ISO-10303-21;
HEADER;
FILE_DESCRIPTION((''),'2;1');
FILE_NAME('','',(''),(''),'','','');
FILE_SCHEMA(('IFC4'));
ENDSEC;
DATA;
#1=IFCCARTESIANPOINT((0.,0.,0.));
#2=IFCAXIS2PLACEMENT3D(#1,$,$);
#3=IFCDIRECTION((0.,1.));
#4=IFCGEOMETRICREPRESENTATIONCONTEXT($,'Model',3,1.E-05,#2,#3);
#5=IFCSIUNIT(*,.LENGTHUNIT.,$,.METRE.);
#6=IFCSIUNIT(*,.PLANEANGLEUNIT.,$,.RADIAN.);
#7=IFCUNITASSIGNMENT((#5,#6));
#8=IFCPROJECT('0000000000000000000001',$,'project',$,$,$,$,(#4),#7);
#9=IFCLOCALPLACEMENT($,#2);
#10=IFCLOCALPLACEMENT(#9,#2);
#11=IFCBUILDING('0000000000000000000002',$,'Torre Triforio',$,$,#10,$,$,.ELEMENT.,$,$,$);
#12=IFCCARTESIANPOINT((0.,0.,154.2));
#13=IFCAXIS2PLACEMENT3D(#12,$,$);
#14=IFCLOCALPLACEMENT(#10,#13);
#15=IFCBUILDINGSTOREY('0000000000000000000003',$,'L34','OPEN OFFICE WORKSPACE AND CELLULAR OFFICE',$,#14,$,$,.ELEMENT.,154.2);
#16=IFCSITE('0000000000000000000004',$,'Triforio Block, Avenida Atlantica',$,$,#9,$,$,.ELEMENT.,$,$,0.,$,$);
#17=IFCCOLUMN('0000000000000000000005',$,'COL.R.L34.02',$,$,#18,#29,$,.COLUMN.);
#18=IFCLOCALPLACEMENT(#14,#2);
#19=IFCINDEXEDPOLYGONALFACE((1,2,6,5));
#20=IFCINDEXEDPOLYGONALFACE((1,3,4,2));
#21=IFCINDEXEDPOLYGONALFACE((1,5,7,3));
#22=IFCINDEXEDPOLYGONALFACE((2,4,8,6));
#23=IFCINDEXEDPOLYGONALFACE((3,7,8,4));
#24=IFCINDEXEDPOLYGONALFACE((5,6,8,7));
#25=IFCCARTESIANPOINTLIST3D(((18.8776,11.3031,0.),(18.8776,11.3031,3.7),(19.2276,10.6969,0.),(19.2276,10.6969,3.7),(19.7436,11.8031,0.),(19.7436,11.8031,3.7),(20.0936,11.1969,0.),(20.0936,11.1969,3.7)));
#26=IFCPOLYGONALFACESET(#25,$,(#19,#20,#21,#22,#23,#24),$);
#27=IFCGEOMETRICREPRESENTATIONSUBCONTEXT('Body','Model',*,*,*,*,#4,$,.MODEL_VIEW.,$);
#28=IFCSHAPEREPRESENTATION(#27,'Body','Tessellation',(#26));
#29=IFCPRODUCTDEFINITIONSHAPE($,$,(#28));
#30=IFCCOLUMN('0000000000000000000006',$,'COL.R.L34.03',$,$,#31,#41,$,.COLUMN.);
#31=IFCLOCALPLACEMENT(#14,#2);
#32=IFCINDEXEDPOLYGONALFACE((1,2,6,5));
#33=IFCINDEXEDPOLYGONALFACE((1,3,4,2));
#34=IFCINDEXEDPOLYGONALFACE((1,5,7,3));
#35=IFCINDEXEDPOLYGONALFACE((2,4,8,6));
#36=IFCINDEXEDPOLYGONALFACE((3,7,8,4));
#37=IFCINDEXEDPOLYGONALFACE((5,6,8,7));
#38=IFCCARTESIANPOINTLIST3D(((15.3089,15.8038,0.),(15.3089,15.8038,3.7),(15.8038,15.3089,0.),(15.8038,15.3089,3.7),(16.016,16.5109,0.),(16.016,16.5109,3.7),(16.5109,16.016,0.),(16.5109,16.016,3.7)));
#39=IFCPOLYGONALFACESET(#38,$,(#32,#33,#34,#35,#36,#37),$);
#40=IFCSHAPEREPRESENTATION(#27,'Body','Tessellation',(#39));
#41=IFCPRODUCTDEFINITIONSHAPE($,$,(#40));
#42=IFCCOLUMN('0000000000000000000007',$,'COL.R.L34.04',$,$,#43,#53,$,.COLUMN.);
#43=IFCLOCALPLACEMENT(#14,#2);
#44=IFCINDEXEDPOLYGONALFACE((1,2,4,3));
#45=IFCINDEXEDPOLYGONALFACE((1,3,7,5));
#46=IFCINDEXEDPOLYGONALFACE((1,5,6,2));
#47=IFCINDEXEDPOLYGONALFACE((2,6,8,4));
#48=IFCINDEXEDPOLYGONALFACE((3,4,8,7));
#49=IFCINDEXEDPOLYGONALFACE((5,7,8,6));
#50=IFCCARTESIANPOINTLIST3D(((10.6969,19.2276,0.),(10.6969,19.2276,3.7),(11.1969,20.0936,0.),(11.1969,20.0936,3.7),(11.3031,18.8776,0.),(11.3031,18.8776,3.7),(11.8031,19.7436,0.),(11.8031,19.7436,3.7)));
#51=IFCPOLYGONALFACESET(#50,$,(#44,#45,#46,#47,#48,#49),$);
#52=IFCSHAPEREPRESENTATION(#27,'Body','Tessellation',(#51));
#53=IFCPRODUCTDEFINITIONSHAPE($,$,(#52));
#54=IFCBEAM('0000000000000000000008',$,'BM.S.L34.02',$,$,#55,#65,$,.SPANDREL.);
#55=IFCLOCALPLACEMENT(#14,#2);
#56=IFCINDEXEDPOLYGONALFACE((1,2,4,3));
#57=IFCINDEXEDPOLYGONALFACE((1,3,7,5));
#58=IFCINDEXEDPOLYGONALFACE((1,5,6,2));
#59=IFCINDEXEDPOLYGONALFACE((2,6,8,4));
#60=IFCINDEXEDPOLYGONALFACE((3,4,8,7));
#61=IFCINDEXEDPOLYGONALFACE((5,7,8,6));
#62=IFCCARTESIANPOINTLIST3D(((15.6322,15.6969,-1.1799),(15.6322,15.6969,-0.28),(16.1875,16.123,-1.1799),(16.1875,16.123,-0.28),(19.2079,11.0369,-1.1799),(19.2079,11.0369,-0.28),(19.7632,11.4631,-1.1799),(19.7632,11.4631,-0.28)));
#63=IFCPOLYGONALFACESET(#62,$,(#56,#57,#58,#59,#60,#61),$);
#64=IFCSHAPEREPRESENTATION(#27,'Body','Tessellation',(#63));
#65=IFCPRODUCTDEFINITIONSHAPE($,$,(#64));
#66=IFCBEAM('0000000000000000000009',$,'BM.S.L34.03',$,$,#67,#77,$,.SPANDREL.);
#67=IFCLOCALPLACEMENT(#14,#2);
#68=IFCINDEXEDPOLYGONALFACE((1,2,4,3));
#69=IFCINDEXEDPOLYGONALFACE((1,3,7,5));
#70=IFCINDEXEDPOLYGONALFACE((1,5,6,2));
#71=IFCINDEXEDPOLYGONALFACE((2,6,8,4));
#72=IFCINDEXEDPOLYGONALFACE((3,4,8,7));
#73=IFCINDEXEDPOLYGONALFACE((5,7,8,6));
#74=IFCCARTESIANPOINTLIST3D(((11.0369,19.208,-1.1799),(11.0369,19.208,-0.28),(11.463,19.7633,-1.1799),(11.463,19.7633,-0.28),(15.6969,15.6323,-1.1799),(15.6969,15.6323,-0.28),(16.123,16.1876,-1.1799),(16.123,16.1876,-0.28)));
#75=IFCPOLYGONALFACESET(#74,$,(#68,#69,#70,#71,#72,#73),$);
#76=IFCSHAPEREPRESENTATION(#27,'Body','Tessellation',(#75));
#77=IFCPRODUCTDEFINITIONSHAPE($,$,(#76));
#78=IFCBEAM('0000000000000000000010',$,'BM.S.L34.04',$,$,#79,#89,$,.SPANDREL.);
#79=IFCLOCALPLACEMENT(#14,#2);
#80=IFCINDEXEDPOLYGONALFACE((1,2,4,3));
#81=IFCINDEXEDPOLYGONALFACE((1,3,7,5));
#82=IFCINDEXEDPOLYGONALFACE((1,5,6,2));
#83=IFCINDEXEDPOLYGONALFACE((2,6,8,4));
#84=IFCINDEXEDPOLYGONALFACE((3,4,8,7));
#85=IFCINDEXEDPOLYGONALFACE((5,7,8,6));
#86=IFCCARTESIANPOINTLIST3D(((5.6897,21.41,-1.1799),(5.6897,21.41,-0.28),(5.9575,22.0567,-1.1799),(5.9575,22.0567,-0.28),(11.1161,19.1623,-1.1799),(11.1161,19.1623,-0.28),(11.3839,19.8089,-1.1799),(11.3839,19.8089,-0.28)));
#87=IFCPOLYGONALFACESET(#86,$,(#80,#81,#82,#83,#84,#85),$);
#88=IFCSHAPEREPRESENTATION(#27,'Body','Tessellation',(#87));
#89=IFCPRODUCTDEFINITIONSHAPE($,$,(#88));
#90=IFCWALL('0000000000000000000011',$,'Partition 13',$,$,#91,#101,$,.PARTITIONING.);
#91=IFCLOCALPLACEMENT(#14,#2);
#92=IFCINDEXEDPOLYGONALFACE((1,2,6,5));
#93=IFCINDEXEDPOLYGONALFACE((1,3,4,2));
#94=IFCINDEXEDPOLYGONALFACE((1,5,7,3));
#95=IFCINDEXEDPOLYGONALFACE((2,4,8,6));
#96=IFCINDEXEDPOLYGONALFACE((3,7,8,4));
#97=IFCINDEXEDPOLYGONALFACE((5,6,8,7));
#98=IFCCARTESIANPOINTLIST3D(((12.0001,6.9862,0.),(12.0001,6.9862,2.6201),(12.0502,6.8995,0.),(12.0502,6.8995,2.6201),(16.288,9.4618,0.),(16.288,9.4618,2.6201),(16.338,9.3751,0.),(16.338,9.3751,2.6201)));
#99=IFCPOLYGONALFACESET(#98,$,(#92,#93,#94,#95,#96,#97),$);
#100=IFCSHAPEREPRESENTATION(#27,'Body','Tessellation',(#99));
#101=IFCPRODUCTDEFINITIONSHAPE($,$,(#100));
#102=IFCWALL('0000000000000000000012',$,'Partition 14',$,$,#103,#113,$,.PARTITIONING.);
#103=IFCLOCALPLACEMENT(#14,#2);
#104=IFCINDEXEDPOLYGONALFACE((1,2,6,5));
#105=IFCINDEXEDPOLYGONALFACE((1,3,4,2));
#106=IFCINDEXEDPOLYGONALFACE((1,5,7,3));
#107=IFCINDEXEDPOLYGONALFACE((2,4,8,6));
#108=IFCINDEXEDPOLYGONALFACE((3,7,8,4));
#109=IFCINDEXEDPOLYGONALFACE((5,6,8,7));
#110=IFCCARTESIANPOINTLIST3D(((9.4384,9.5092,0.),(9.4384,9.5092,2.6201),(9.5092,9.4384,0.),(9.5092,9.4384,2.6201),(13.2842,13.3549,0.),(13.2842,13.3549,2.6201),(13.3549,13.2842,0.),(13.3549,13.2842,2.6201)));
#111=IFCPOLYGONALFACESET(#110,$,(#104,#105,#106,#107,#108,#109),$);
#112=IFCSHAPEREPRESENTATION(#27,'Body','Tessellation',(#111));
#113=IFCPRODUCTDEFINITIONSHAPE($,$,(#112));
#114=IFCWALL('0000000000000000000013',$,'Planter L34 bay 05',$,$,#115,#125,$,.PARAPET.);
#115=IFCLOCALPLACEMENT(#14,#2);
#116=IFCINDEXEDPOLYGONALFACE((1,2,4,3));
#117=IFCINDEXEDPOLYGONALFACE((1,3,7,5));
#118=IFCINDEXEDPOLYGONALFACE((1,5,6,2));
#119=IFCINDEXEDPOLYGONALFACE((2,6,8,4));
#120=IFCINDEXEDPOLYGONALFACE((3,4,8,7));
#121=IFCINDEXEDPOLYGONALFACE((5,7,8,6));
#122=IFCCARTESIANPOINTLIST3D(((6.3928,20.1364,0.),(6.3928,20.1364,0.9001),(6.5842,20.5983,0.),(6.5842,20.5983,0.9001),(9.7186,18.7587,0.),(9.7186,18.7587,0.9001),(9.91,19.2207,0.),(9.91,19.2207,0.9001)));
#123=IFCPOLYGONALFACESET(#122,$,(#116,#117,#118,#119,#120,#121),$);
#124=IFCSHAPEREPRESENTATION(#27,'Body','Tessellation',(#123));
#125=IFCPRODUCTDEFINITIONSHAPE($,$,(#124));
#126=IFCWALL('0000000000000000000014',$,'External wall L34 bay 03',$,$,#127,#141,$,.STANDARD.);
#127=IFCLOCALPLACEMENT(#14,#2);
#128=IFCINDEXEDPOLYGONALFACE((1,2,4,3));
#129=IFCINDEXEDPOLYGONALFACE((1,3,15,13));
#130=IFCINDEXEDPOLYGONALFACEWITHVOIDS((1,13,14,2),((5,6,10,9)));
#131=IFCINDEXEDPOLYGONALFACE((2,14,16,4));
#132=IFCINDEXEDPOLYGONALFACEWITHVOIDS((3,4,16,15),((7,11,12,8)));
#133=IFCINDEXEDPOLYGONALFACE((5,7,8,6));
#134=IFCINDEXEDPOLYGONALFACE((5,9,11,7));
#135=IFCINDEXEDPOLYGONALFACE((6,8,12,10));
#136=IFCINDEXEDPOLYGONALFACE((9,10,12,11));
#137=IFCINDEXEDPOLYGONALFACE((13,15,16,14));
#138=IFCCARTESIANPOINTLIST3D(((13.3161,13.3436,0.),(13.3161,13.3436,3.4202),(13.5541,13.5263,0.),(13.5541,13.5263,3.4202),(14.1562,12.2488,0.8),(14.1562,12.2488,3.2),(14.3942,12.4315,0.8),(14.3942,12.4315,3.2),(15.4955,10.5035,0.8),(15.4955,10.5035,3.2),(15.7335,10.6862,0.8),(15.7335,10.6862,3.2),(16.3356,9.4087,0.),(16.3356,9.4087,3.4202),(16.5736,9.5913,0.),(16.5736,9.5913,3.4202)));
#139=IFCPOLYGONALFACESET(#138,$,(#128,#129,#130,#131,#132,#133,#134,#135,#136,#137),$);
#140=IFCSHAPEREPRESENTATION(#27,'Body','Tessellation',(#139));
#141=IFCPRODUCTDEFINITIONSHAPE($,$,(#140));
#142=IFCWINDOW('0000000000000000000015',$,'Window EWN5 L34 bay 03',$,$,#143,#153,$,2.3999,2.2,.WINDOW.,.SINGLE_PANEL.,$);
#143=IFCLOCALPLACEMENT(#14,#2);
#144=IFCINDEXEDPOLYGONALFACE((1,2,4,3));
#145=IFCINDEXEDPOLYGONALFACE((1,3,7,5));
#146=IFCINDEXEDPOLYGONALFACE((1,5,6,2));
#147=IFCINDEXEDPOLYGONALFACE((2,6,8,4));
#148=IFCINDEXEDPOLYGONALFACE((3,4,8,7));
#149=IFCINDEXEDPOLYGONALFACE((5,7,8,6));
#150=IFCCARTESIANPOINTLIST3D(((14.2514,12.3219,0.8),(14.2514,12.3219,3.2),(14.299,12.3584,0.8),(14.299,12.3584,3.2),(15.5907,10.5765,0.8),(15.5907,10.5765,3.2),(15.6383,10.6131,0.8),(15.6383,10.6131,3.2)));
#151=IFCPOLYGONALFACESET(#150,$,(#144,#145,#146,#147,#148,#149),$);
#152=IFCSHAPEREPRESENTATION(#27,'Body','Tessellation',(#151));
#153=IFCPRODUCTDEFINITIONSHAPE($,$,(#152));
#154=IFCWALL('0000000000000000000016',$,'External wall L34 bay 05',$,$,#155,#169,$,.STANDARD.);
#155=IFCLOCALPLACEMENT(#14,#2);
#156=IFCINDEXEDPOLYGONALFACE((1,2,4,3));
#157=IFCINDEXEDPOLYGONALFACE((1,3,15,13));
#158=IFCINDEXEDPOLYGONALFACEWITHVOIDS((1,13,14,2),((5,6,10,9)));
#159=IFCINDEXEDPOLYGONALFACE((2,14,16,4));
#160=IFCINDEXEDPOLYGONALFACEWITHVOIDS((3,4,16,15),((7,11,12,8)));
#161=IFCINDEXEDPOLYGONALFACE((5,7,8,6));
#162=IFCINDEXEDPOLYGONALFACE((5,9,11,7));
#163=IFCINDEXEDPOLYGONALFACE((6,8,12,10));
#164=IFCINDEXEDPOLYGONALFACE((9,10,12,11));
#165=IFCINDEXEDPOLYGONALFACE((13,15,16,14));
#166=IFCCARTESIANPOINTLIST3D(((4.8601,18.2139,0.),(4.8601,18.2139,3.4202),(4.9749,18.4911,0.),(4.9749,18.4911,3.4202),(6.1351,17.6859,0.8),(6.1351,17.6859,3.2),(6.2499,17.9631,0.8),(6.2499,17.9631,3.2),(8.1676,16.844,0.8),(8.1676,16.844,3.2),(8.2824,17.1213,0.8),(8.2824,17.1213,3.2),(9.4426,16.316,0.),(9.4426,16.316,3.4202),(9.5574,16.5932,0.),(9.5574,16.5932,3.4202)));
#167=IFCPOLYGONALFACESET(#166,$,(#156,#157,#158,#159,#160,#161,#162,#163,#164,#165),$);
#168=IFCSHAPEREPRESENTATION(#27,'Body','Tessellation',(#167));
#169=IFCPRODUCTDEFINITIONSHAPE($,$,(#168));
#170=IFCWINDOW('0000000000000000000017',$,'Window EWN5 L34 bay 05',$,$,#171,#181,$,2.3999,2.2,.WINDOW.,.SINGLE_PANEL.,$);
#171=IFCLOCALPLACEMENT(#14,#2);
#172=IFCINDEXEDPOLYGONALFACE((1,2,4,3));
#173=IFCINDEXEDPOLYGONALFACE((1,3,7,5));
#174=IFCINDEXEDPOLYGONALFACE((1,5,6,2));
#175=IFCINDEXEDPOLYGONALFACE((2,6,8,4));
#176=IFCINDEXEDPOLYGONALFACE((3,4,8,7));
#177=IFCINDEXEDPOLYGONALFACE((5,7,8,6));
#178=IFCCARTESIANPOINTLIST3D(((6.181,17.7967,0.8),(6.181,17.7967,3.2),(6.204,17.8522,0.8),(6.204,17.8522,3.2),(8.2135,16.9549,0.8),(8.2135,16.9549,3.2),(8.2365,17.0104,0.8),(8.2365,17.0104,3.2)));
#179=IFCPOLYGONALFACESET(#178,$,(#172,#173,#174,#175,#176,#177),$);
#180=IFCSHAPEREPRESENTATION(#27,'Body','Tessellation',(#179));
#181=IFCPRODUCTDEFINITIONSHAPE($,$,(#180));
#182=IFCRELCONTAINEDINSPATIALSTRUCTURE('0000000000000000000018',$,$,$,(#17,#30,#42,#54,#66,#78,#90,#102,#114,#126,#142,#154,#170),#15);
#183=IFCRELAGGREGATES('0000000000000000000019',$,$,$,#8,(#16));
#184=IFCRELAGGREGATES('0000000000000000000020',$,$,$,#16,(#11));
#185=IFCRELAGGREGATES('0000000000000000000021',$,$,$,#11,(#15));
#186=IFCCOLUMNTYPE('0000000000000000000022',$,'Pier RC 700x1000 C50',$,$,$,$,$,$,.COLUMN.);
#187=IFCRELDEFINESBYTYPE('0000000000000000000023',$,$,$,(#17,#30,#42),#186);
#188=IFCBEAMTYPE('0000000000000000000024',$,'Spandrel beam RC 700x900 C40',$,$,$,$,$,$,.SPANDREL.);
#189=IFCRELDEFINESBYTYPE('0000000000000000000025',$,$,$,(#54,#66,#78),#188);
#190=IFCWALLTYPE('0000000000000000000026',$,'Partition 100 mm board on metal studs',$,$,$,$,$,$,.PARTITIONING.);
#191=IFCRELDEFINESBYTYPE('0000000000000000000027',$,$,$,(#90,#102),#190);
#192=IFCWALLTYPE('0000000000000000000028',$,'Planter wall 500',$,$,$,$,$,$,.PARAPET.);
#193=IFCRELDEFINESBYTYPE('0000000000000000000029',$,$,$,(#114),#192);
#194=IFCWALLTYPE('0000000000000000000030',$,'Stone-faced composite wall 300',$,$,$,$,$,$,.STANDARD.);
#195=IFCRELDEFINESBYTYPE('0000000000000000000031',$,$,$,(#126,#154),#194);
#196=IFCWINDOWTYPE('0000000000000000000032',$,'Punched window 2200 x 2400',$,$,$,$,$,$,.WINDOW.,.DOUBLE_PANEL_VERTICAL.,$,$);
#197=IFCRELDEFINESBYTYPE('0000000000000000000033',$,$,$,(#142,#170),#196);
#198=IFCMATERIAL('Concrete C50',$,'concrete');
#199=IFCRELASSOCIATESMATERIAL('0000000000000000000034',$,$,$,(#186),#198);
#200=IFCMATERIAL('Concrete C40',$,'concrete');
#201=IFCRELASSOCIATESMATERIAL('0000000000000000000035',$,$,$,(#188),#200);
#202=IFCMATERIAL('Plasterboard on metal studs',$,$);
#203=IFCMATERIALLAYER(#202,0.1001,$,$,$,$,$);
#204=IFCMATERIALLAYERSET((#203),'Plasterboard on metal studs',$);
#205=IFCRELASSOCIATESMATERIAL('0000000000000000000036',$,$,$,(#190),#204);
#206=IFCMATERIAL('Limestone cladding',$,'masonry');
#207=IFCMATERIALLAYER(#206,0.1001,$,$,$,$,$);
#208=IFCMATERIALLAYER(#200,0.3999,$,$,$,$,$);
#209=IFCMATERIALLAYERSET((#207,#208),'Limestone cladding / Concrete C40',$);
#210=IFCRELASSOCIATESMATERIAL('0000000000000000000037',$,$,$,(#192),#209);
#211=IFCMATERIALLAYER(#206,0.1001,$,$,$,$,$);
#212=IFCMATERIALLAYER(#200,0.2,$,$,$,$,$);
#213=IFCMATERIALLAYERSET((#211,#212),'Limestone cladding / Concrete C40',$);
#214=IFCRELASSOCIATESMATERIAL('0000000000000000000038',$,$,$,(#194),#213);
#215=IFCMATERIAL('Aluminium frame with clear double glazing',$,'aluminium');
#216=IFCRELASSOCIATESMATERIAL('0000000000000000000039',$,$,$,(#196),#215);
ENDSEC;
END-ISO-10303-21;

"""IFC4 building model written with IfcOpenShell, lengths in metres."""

from ifc_helpers import new_model, si_unit, direction, frame, frame_2d, origin, origin_2d, place, context, subcontext, project, spatial, rectangle, extrude, material, layer, layer_set, material_profile, profile_set, type_object, element, fill, save


model = new_model("IFC4")

# Units and contexts
model_context = context("Model", 3, precision=1e-05, world=origin(), true_north=direction((0.0, 1.0)))
body_context = subcontext(model_context, "Body", "Model", "MODEL_VIEW")
ifc_project = project(units=[si_unit("LENGTHUNIT", "METRE"), si_unit("PLANEANGLEUNIT", "RADIAN")], contexts=[model_context])

# Site, building, storey
site_placement = place(None, origin())
site = spatial("IfcSite", under=ifc_project, at=site_placement, Name="Triforio Block, Avenida Atlantica", CompositionType="ELEMENT", RefElevation=0.0)
building_placement = place(site_placement, origin())
building = spatial("IfcBuilding", under=site, at=building_placement, Name="Torre Triforio", CompositionType="ELEMENT")
storey_placement = place(building_placement, frame((0.0, 0.0, 154.2)))
storey = spatial("IfcBuildingStorey", under=building, at=storey_placement, Name="L34", Description="OPEN OFFICE WORKSPACE AND CELLULAR OFFICE", CompositionType="ELEMENT", Elevation=154.2)

# Columns
ifc_material_1 = material(Name="Concrete C50", Category="concrete")
ifc_material_profile_1 = material_profile(ifc_material_1, rectangle(XDim=0.7, YDim=1.0, at=origin_2d()), Name="RC 700x1000")
ifc_profile_set_1 = profile_set([ifc_material_profile_1], Name="Concrete C50")
column_type = type_object("IfcColumnType", Name="Pier RC 700x1000 C50", PredefinedType="COLUMN", material=ifc_profile_set_1)
for number, where, z_axis, x_axis, name in (
    (1, (19.4856, 11.25, 0.0), (0.0, 0.0, 1.0), (-0.5, 0.866025, 0.0), "COL.R.L34.02"),
    (2, (15.9099, 15.9099, 0.0), (0.0, 0.0, 1.0), (-0.707107, 0.707107, 0.0), "COL.R.L34.03"),
    (3, (11.25, 19.4856, 0.0), (0.0, 0.0, 1.0), (-0.866025, 0.5, 0.0), "COL.R.L34.04"),
):
    element("IfcColumn", number, at=place(storey_placement, frame(where, z_axis=z_axis, x_axis=x_axis)), inside=storey, type_object=column_type, Name=name, PredefinedType="COLUMN", context=body_context, shape_type="SweptSolid", body=[
        extrude(rectangle(XDim=0.7, YDim=1.0, at=origin_2d()), origin(), (0.0, 0.0, 1.0), 3.7),
    ])

# Beams
ifc_material_2 = material(Name="Concrete C40", Category="concrete")
ifc_material_profile_2 = material_profile(ifc_material_2, rectangle(XDim=0.7, YDim=0.8999, at=origin_2d()), Name="RC 700x900")
ifc_profile_set_2 = profile_set([ifc_material_profile_2], Name="Concrete C40")
beam_type = type_object("IfcBeamType", Name="Spandrel beam RC 700x900 C40", PredefinedType="SPANDREL", material=ifc_profile_set_2)
for number, where, z_axis, x_axis, name in (
    (4, (19.4856, 11.25, -0.73), (-0.608762, 0.793353, 0.0), (-0.793353, -0.608762, 0.0), "BM.S.L34.02"),
    (5, (15.9099, 15.9099, -0.73), (-0.793353, 0.608762, 0.0), (-0.608762, -0.793353, 0.0), "BM.S.L34.03"),
):
    element("IfcBeam", number, at=place(storey_placement, frame(where, z_axis=z_axis, x_axis=x_axis)), inside=storey, type_object=beam_type, Name=name, PredefinedType="SPANDREL", context=body_context, shape_type="SweptSolid", body=[
        extrude(rectangle(XDim=0.7, YDim=0.8999, at=origin_2d()), origin(), (0.0, 0.0, 1.0), 5.8738),
    ])
beam_placement = place(storey_placement, frame((11.25, 19.4856, -0.73), z_axis=(-0.923875, 0.382693, 0.0), x_axis=(-0.382693, -0.923875, 0.0)))
element("IfcBeam", 6, at=beam_placement, inside=storey, type_object=beam_type, Name="BM.S.L34.04", PredefinedType="SPANDREL", context=body_context, shape_type="SweptSolid", body=[
    extrude(rectangle(XDim=0.7, YDim=0.8999, at=origin_2d()), origin(), (0.0, 0.0, 1.0), 5.8735),
])

# Walls
ifc_material_3 = material(Name="Plasterboard on metal studs")
ifc_layer_1 = layer(ifc_material_3, 0.1001)
ifc_layer_set_1 = layer_set([ifc_layer_1], Name="Plasterboard on metal studs")
wall_type_1 = type_object("IfcWallType", Name="Partition 100 mm board on metal studs", PredefinedType="PARTITIONING", material=ifc_layer_set_1)
wall_1_placement = place(storey_placement, frame((12.0251, 6.9429, 0.0), z_axis=(0.0, 0.0, 1.0), x_axis=(0.866025, 0.5, 0.0)))
element("IfcWall", 7, at=wall_1_placement, inside=storey, type_object=wall_type_1, Name="Partition 13", PredefinedType="PARTITIONING", context=body_context, shape_type="SweptSolid", body=[
    extrude(rectangle(XDim=4.9512, YDim=0.1001, at=frame_2d((2.4756, 0.0))), origin(), (0.0, 0.0, 1.0), 2.6201),
])
wall_2_placement = place(storey_placement, frame((9.4739, 9.4739, 0.0), z_axis=(0.0, 0.0, 1.0), x_axis=(0.707107, 0.707107, 0.0)))
element("IfcWall", 8, at=wall_2_placement, inside=storey, type_object=wall_type_1, Name="Partition 14", PredefinedType="PARTITIONING", context=body_context, shape_type="SweptSolid", body=[
    extrude(rectangle(XDim=5.4387, YDim=0.1001, at=frame_2d((2.7192, 0.0))), origin(), (0.0, 0.0, 1.0), 2.6201),
])
ifc_material_4 = material(Name="Limestone cladding", Category="masonry")
ifc_layer_2 = layer(ifc_material_4, 0.1001)
ifc_layer_3 = layer(ifc_material_2, 0.3999)
ifc_layer_set_2 = layer_set([ifc_layer_2, ifc_layer_3], Name="Limestone cladding / Concrete C40")
wall_type_2 = type_object("IfcWallType", Name="Planter wall 500", PredefinedType="PARAPET", material=ifc_layer_set_2)
wall_3_placement = place(storey_placement, frame((9.8142, 18.9897, 0.0), z_axis=(0.0, 0.0, 1.0), x_axis=(-0.923875, 0.382693, 0.0)))
element("IfcWall", 9, at=wall_3_placement, inside=storey, type_object=wall_type_2, Name="Planter L34 bay 05", PredefinedType="PARAPET", context=body_context, shape_type="SweptSolid", body=[
    extrude(rectangle(XDim=3.5999, YDim=0.5, at=frame_2d((1.7998, 0.0))), origin(), (0.0, 0.0, 1.0), 0.9001),
])

# Wall, opening, window
ifc_layer_4 = layer(ifc_material_4, 0.1001)
ifc_layer_5 = layer(ifc_material_2, 0.2)
ifc_layer_set_3 = layer_set([ifc_layer_4, ifc_layer_5], Name="Limestone cladding / Concrete C40")
wall_type_3 = type_object("IfcWallType", Name="Stone-faced composite wall 300", PredefinedType="STANDARD", material=ifc_layer_set_3)
wall_4_placement = place(storey_placement, frame((16.4546, 9.5, 0.0), z_axis=(0.0, 0.0, 1.0), x_axis=(-0.608768, 0.793348, 0.0)))
wall_4 = element("IfcWall", 10, at=wall_4_placement, inside=storey, type_object=wall_type_3, Name="External wall L34 bay 03", PredefinedType="STANDARD", context=body_context, shape_type="SweptSolid", body=[
    extrude(rectangle(XDim=4.96, YDim=0.3, at=frame_2d((2.48, 0.0))), origin(), (0.0, 0.0, 1.0), 3.4202),
])
opening_1_placement = place(wall_4_placement, frame((1.3799, 0.0, 0.8)))
opening_1 = element("IfcOpeningElement", 11, at=opening_1_placement, cuts=wall_4, PredefinedType="OPENING", context=body_context, shape_type="SweptSolid", body=[
    extrude(rectangle(XDim=2.2, YDim=2.3999, at=frame_2d((1.1001, 1.2))), frame((0.0, 0.1599, 0.0), z_axis=(0.0, -1.0, 0.0), x_axis=(1.0, 0.0, 0.0)), (0.0, 0.0, 1.0), 0.3201),
])
ifc_material_5 = material(Name="Aluminium frame with clear double glazing", Category="aluminium")
window_type_1 = type_object("IfcWindowType", Name="Punched window 2200 x 2400", PartitioningType="DOUBLE_PANEL_VERTICAL", PredefinedType="WINDOW", material=ifc_material_5)
window_1_placement = place(opening_1_placement, origin())
window_1 = element("IfcWindow", 12, at=window_1_placement, inside=storey, type_object=window_type_1, Name="Window EWN5 L34 bay 03", OverallHeight=2.3999, OverallWidth=2.2, PartitioningType="SINGLE_PANEL", PredefinedType="WINDOW", context=body_context, shape_type="SweptSolid", body=[
    extrude(rectangle(XDim=2.2, YDim=2.3999, at=frame_2d((1.1001, 1.2))), frame((0.0, 0.03, 0.0), z_axis=(0.0, -1.0, 0.0), x_axis=(1.0, 0.0, 0.0)), (0.0, 0.0, 1.0), 0.0601),
])
fill(opening_1, window_1)

# Wall, opening, window
wall_5_placement = place(storey_placement, frame((9.5, 16.4546, 0.0), z_axis=(0.0, 0.0, 1.0), x_axis=(-0.923893, 0.38265, 0.0)))
wall_5 = element("IfcWall", 13, at=wall_5_placement, inside=storey, type_object=wall_type_3, Name="External wall L34 bay 05", PredefinedType="STANDARD", context=body_context, shape_type="SweptSolid", body=[
    extrude(rectangle(XDim=4.96, YDim=0.3, at=frame_2d((2.48, 0.0))), origin(), (0.0, 0.0, 1.0), 3.4202),
])
opening_2_placement = place(wall_5_placement, frame((1.3799, 0.0, 0.8)))
opening_2 = element("IfcOpeningElement", 14, at=opening_2_placement, cuts=wall_5, PredefinedType="OPENING", context=body_context, shape_type="SweptSolid", body=[
    extrude(rectangle(XDim=2.2, YDim=2.3999, at=frame_2d((1.1001, 1.2))), frame((0.0, 0.1599, 0.0), z_axis=(0.0, -1.0, 0.0), x_axis=(1.0, 0.0, 0.0)), (0.0, 0.0, 1.0), 0.3201),
])
window_2_placement = place(opening_2_placement, origin())
window_2 = element("IfcWindow", 15, at=window_2_placement, inside=storey, type_object=window_type_1, Name="Window EWN5 L34 bay 05", OverallHeight=2.3999, OverallWidth=2.2, PartitioningType="SINGLE_PANEL", PredefinedType="WINDOW", context=body_context, shape_type="SweptSolid", body=[
    extrude(rectangle(XDim=2.2, YDim=2.3999, at=frame_2d((1.1001, 1.2))), frame((0.0, 0.03, 0.0), z_axis=(0.0, -1.0, 0.0), x_axis=(1.0, 0.0, 0.0)), (0.0, 0.0, 1.0), 0.0601),
])
fill(opening_2, window_2)

save(model, "model.ifc")
